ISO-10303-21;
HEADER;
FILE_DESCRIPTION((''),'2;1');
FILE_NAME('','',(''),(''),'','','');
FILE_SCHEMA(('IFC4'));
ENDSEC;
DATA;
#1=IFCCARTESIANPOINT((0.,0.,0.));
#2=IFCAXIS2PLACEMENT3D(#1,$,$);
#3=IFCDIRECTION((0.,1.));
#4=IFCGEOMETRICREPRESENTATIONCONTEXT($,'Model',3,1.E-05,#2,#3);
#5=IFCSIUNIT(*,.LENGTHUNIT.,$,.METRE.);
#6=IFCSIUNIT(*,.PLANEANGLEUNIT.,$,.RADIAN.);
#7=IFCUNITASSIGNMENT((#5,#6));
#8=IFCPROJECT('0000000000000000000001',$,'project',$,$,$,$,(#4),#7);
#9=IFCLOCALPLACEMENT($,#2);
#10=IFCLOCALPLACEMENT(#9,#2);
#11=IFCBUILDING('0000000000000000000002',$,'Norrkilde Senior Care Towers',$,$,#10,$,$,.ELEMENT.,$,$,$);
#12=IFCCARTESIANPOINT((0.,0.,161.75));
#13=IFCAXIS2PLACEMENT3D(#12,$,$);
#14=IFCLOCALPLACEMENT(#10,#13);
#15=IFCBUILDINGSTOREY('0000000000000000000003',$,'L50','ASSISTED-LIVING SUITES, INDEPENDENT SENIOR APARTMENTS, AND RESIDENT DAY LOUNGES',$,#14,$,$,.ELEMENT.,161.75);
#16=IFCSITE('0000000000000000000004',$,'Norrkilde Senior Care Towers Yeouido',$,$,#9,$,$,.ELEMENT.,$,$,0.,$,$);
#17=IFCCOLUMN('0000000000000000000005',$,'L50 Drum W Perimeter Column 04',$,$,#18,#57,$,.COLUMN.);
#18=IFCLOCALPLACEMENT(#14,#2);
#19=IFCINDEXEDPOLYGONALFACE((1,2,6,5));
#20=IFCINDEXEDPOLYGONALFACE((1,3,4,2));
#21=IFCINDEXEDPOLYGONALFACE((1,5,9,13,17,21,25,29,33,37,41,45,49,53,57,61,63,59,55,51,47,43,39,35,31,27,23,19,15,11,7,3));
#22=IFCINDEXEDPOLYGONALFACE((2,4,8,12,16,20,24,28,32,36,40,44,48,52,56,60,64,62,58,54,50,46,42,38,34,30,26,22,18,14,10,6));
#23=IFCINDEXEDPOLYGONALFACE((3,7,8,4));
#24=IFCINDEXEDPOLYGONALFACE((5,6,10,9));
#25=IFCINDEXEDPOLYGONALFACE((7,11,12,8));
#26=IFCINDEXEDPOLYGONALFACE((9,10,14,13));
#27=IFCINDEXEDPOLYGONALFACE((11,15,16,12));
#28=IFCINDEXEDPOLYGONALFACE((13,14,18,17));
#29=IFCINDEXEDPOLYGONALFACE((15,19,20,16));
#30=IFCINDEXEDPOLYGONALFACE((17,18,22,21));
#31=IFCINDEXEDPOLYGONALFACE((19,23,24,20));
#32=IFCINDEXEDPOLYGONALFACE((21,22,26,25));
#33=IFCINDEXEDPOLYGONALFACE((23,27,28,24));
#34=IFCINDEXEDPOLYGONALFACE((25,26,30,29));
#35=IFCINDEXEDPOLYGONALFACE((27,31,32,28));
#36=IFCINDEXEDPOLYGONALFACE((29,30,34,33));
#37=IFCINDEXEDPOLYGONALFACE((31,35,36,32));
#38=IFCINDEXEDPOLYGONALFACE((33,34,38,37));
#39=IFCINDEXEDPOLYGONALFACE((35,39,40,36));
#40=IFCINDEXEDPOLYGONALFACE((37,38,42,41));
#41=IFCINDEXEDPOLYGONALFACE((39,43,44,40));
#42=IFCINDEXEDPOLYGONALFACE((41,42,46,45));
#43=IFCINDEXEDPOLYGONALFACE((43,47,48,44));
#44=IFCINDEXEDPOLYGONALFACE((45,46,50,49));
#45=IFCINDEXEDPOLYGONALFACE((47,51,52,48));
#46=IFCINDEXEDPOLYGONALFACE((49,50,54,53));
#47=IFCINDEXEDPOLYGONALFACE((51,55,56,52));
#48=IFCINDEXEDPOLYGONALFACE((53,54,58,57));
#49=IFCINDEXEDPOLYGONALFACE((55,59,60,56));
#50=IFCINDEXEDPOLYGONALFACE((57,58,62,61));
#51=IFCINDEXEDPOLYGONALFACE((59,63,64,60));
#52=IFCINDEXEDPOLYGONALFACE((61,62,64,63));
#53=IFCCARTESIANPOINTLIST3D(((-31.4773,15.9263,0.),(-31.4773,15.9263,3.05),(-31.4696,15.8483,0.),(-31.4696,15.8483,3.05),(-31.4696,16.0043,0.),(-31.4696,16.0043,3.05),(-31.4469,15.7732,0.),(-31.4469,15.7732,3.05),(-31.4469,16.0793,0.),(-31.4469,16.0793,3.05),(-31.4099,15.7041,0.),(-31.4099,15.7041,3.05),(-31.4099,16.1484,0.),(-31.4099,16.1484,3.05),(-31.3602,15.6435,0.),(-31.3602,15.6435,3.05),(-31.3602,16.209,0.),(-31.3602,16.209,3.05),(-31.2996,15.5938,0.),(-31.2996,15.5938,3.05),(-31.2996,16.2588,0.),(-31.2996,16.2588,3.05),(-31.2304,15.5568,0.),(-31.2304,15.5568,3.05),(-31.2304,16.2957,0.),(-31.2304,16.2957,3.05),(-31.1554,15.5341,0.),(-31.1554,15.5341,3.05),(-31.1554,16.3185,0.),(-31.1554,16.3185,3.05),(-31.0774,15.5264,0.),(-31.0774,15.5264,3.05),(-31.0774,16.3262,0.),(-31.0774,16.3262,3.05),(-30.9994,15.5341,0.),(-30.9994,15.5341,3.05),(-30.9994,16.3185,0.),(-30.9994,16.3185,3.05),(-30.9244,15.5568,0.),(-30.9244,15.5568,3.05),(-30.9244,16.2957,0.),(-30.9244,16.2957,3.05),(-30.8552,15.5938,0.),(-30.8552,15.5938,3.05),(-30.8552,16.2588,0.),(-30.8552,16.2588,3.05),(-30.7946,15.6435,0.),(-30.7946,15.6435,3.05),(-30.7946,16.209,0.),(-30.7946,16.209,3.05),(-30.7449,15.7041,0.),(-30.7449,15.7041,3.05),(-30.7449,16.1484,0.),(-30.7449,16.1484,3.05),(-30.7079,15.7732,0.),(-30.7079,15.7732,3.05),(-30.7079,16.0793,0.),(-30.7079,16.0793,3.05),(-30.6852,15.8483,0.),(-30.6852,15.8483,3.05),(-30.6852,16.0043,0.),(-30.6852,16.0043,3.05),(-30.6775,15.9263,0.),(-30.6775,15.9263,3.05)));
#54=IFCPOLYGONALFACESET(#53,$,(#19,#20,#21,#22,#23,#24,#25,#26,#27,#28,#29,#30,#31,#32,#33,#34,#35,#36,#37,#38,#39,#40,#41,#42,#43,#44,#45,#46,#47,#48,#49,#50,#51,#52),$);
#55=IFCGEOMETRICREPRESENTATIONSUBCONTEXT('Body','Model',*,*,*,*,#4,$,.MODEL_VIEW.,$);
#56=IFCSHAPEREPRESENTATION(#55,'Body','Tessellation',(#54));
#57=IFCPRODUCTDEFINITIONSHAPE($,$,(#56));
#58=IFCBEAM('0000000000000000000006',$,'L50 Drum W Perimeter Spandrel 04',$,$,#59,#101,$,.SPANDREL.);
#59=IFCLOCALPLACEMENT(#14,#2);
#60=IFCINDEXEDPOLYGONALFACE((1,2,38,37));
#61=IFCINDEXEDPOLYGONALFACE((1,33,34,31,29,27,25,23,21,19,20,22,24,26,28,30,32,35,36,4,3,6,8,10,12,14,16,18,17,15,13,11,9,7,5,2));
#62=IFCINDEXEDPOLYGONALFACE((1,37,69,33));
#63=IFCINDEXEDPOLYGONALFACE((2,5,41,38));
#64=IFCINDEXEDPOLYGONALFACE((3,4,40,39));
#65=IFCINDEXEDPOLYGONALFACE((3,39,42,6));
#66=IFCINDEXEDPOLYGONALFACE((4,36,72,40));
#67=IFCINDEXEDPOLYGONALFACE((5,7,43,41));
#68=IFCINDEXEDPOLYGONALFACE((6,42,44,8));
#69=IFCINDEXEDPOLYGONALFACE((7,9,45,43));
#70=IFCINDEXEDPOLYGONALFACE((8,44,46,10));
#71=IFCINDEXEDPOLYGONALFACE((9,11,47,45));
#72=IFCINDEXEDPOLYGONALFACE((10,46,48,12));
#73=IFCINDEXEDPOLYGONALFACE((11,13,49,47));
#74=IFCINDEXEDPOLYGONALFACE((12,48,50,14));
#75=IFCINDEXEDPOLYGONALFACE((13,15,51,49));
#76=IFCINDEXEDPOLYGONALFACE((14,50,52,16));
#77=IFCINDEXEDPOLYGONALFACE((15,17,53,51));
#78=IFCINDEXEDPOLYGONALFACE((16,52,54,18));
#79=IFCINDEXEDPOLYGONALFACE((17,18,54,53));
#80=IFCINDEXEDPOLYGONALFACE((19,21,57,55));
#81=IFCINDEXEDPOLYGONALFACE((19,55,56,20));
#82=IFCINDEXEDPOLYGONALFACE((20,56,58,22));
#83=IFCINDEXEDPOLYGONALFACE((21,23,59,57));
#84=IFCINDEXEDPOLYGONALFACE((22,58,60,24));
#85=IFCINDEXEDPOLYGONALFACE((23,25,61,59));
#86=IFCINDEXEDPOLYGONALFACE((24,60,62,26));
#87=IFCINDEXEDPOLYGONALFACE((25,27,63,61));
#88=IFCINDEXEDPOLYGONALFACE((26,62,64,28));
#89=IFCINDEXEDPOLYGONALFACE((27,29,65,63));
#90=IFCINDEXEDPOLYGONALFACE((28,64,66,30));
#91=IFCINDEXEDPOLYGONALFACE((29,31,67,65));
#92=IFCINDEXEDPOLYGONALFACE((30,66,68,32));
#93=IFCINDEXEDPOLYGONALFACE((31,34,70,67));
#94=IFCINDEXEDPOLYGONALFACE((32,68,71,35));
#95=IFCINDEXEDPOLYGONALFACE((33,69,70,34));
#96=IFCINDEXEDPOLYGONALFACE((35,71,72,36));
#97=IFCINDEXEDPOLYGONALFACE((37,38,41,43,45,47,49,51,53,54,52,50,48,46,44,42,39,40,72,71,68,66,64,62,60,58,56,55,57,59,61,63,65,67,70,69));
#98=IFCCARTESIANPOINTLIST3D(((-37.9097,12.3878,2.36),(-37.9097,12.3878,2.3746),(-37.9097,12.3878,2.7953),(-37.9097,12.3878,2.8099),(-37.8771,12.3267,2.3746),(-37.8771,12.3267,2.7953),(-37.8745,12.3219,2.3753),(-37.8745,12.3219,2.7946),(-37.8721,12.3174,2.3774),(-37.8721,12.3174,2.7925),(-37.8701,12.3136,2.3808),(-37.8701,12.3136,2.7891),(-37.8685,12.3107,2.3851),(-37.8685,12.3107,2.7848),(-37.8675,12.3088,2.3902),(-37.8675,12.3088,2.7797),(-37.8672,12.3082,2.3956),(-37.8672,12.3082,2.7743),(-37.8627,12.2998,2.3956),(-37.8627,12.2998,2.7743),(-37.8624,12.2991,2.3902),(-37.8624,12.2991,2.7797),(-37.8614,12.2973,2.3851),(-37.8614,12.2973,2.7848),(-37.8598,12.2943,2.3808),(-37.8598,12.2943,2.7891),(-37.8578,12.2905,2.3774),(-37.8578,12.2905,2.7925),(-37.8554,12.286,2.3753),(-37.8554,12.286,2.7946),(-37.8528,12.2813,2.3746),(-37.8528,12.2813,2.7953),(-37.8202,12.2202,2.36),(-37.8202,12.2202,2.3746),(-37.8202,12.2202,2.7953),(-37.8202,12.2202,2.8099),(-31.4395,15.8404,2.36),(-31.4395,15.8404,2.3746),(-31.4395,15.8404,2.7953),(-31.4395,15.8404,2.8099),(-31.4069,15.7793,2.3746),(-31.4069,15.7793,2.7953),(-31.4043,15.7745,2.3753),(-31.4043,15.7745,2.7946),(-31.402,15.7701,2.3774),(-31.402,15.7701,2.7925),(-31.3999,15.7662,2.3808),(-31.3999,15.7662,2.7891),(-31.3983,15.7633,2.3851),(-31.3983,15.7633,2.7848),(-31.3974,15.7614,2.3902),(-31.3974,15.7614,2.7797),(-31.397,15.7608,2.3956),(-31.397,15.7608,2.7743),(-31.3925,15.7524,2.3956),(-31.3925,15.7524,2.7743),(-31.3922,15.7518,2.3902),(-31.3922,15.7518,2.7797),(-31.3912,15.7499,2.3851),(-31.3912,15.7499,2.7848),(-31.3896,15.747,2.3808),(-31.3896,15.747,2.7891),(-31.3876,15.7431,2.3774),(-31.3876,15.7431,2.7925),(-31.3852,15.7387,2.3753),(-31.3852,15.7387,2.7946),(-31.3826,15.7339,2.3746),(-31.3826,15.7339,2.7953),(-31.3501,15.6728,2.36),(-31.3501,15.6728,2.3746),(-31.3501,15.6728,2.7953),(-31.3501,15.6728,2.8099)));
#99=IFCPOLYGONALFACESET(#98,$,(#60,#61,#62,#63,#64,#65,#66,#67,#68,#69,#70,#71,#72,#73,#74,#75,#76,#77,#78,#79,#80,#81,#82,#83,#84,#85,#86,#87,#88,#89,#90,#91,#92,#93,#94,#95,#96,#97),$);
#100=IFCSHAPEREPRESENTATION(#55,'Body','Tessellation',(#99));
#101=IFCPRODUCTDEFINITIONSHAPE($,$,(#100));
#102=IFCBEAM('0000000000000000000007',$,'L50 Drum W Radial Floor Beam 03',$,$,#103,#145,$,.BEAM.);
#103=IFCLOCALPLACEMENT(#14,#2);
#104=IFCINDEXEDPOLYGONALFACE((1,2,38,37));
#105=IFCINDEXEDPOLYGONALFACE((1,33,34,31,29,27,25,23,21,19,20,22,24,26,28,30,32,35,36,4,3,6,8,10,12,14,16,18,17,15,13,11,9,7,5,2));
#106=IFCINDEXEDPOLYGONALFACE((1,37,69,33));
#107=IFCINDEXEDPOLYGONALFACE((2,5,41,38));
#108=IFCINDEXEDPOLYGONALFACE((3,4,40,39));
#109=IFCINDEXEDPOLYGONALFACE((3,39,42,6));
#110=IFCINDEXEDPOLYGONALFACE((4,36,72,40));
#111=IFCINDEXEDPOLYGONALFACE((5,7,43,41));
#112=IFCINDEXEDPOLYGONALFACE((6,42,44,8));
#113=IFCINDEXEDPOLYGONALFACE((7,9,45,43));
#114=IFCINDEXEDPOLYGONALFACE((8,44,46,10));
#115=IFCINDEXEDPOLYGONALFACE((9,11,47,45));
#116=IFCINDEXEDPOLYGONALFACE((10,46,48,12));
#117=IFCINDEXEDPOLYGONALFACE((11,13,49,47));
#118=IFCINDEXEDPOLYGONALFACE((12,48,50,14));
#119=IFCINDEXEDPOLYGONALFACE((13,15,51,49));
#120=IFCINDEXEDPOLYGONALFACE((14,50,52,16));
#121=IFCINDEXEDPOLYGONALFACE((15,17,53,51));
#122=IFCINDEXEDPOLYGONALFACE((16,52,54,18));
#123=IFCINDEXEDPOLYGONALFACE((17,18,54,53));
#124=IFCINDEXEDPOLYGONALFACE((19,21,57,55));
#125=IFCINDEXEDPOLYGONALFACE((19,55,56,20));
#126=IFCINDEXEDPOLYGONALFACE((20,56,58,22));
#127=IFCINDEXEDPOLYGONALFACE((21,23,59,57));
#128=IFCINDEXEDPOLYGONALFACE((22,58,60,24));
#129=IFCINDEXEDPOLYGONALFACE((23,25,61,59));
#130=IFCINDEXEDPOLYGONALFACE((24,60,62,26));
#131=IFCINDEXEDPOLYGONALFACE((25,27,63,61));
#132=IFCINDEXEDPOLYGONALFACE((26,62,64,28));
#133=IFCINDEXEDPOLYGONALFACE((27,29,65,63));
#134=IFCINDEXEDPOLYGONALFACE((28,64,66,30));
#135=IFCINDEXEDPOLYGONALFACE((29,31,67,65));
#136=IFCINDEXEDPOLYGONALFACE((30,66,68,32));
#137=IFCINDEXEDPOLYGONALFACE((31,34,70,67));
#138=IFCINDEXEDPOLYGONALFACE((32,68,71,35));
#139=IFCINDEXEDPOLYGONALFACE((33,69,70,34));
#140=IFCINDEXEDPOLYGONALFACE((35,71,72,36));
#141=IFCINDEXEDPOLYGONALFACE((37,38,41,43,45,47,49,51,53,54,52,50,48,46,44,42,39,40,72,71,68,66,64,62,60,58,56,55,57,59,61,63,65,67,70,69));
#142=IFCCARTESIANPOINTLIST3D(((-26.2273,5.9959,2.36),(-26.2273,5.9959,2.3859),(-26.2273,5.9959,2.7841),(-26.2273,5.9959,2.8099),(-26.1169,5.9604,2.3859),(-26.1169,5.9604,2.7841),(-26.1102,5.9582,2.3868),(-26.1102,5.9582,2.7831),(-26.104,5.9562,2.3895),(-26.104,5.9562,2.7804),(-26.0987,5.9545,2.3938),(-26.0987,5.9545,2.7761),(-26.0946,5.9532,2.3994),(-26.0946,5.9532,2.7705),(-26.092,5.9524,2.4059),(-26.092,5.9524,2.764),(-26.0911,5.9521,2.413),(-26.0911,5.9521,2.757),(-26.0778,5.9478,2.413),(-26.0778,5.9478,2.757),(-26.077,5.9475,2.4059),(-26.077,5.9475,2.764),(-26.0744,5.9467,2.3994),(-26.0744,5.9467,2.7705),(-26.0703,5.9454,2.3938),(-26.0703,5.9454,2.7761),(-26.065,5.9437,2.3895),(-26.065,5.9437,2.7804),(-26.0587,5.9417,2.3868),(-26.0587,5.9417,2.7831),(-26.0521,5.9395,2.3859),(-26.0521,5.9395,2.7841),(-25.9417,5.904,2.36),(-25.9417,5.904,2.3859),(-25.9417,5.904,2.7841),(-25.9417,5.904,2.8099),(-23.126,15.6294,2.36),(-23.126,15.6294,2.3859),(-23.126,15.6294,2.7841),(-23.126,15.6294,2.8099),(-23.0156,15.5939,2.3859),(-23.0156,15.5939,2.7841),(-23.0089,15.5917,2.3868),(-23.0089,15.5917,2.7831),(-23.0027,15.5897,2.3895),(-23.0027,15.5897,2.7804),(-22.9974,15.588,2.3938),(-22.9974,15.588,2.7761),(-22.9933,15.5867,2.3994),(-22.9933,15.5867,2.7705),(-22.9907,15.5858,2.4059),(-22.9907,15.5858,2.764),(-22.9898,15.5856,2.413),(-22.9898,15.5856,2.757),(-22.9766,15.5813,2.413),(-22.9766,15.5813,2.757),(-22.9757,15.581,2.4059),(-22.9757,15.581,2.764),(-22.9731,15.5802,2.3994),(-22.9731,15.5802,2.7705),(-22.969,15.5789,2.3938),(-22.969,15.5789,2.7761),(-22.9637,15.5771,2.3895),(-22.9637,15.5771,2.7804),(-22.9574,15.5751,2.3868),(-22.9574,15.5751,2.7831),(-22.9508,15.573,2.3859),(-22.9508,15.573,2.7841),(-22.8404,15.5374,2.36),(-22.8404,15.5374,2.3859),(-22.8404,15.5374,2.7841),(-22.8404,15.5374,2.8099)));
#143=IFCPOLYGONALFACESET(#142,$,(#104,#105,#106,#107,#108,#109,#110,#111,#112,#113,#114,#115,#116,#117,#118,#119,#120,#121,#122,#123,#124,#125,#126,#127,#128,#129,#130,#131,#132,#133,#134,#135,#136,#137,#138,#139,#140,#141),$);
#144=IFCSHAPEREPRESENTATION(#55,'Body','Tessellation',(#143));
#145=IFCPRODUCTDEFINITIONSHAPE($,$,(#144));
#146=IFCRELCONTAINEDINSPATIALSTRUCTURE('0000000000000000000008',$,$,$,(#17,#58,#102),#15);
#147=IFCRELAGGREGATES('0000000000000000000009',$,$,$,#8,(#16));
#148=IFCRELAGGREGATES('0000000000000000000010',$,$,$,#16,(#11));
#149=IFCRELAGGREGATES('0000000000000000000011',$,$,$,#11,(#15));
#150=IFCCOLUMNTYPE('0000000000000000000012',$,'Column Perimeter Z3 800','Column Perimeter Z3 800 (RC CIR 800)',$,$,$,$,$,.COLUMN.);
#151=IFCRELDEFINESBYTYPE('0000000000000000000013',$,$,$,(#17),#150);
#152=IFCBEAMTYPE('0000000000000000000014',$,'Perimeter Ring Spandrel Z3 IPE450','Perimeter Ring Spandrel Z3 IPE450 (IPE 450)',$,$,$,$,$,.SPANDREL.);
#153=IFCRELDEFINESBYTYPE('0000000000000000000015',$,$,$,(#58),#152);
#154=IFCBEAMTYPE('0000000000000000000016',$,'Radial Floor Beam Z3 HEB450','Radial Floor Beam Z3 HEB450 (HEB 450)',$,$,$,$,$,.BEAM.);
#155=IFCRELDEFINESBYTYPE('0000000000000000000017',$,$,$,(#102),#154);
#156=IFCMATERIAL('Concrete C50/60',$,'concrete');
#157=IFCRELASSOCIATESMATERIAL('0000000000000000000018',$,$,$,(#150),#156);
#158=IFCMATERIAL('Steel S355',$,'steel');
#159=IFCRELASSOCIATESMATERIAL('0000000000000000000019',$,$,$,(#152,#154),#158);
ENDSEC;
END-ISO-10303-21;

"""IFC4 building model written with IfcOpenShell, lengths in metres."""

from ifc_helpers import new_model, si_unit, direction, frame, origin, origin_2d, place, context, subcontext, project, spatial, circle, i_section, extrude, source, transform, mapped, material, material_profile, profile_set, type_object, type_shapes, element, save


model = new_model("IFC4")

# Units and contexts
model_context = context("Model", 3, precision=1e-05, world=origin(), true_north=direction((0.0, 1.0)))
body_context = subcontext(model_context, "Body", "Model", "MODEL_VIEW")
ifc_project = project(units=[si_unit("LENGTHUNIT", "METRE"), si_unit("PLANEANGLEUNIT", "RADIAN")], contexts=[model_context])

# Site, building, storey
site_placement = place(None, origin())
site = spatial("IfcSite", under=ifc_project, at=site_placement, Name="Norrkilde Senior Care Towers Yeouido", CompositionType="ELEMENT", RefElevation=0.0)
building_placement = place(site_placement, origin())
building = spatial("IfcBuilding", under=site, at=building_placement, Name="Norrkilde Senior Care Towers", CompositionType="ELEMENT")
storey_placement = place(building_placement, frame((0.0, 0.0, 161.75)))
storey = spatial("IfcBuildingStorey", under=building, at=storey_placement, Name="L50", Description="ASSISTED-LIVING SUITES, INDEPENDENT SENIOR APARTMENTS, AND RESIDENT DAY LOUNGES", CompositionType="ELEMENT", Elevation=161.75)

# Column
ifc_material_1 = material(Name="Concrete C50/60", Category="concrete")
ifc_material_profile_1 = material_profile(ifc_material_1, circle(Radius=0.3999, at=origin_2d()), Name="RC CIR 800")
ifc_profile_set_1 = profile_set([ifc_material_profile_1], Name="Concrete C50/60")
column_type = type_object("IfcColumnType", Name="Column Perimeter Z3 800", Description="Column Perimeter Z3 800 (RC CIR 800)", PredefinedType="COLUMN", material=ifc_profile_set_1)
shared_shape_1 = source(origin(), body_context, "Body", "SweptSolid", [
    extrude(circle(Radius=0.3999, at=origin_2d()), origin(), (0.0, 0.0, 1.0), 3.05),
])
type_shapes(column_type, [shared_shape_1])
column_placement = place(storey_placement, frame((-31.0774, 15.9263, 0.0), z_axis=(0.0, 0.0, 1.0), x_axis=(1.0, 0.0, 0.0)))
element("IfcColumn", 1, at=column_placement, inside=storey, type_object=column_type, Name="L50 Drum W Perimeter Column 04", PredefinedType="COLUMN", context=body_context, shape_type="MappedRepresentation", body=[
    mapped(shared_shape_1, transform((0.0, 0.0, 0.0), x_axis=(1.0, 0.0, 0.0), y_axis=(0.0, 1.0, 0.0), z_axis=(0.0, 0.0, 1.0), scale=1.0)),
])

# Beams
ifc_material_2 = material(Name="Steel S355", Category="steel")
ifc_material_profile_2 = material_profile(ifc_material_2, i_section(OverallWidth=0.1899, OverallDepth=0.45, WebThickness=0.0095, FlangeThickness=0.0146, FilletRadius=0.021, at=origin_2d()), Name="IPE 450")
ifc_profile_set_2 = profile_set([ifc_material_profile_2], Name="Steel S355")
beam_type_1 = type_object("IfcBeamType", Name="Perimeter Ring Spandrel Z3 IPE450", Description="Perimeter Ring Spandrel Z3 IPE450 (IPE 450)", PredefinedType="SPANDREL", material=ifc_profile_set_2)
shared_shape_2 = source(origin(), body_context, "Body", "SweptSolid", [
    extrude(i_section(OverallWidth=0.1899, OverallDepth=0.45, WebThickness=0.0095, FlangeThickness=0.0146, FilletRadius=0.021, at=origin_2d()), origin(), (0.0, 0.0, 1.0), 7.3337),
])
type_shapes(beam_type_1, [shared_shape_2])
beam_1_placement = place(storey_placement, frame((-31.3948, 15.7566, 2.585), z_axis=(-0.882248, -0.470785, 0.0), x_axis=(0.470785, -0.882248, 0.0)))
element("IfcBeam", 2, at=beam_1_placement, inside=storey, type_object=beam_type_1, Name="L50 Drum W Perimeter Spandrel 04", PredefinedType="SPANDREL", context=body_context, shape_type="MappedRepresentation", body=[
    mapped(shared_shape_2, transform((0.0, 0.0, 0.0), x_axis=(1.0, 0.0, 0.0), y_axis=(0.0, 1.0, 0.0), z_axis=(0.0, 0.0, 1.0), scale=1.0)),
])
ifc_material_profile_3 = material_profile(ifc_material_2, i_section(OverallWidth=0.3, OverallDepth=0.45, WebThickness=0.0139, FlangeThickness=0.0259, FilletRadius=0.0271, at=origin_2d()), Name="HEB 450")
ifc_profile_set_3 = profile_set([ifc_material_profile_3], Name="Steel S355")
beam_type_2 = type_object("IfcBeamType", Name="Radial Floor Beam Z3 HEB450", Description="Radial Floor Beam Z3 HEB450 (HEB 450)", PredefinedType="BEAM", material=ifc_profile_set_3)
shared_shape_3 = source(origin(), body_context, "Body", "SweptSolid", [
    extrude(i_section(OverallWidth=0.3, OverallDepth=0.45, WebThickness=0.0139, FlangeThickness=0.0259, FilletRadius=0.0271, at=origin_2d()), origin(), (0.0, 0.0, 1.0), 10.1204),
])
beam_2_placement = place(storey_placement, frame((-26.0845, 5.95, 2.585), z_axis=(0.306441, 0.95189, 0.0), x_axis=(-0.95189, 0.306441, 0.0)))
element("IfcBeam", 3, at=beam_2_placement, inside=storey, type_object=beam_type_2, Name="L50 Drum W Radial Floor Beam 03", PredefinedType="BEAM", context=body_context, shape_type="MappedRepresentation", body=[
    mapped(shared_shape_3, transform((0.0, 0.0, 0.0), x_axis=(1.0, 0.0, 0.0), y_axis=(0.0, 1.0, 0.0), z_axis=(0.0, 0.0, 1.0), scale=1.0)),
])

save(model, "model.ifc")
